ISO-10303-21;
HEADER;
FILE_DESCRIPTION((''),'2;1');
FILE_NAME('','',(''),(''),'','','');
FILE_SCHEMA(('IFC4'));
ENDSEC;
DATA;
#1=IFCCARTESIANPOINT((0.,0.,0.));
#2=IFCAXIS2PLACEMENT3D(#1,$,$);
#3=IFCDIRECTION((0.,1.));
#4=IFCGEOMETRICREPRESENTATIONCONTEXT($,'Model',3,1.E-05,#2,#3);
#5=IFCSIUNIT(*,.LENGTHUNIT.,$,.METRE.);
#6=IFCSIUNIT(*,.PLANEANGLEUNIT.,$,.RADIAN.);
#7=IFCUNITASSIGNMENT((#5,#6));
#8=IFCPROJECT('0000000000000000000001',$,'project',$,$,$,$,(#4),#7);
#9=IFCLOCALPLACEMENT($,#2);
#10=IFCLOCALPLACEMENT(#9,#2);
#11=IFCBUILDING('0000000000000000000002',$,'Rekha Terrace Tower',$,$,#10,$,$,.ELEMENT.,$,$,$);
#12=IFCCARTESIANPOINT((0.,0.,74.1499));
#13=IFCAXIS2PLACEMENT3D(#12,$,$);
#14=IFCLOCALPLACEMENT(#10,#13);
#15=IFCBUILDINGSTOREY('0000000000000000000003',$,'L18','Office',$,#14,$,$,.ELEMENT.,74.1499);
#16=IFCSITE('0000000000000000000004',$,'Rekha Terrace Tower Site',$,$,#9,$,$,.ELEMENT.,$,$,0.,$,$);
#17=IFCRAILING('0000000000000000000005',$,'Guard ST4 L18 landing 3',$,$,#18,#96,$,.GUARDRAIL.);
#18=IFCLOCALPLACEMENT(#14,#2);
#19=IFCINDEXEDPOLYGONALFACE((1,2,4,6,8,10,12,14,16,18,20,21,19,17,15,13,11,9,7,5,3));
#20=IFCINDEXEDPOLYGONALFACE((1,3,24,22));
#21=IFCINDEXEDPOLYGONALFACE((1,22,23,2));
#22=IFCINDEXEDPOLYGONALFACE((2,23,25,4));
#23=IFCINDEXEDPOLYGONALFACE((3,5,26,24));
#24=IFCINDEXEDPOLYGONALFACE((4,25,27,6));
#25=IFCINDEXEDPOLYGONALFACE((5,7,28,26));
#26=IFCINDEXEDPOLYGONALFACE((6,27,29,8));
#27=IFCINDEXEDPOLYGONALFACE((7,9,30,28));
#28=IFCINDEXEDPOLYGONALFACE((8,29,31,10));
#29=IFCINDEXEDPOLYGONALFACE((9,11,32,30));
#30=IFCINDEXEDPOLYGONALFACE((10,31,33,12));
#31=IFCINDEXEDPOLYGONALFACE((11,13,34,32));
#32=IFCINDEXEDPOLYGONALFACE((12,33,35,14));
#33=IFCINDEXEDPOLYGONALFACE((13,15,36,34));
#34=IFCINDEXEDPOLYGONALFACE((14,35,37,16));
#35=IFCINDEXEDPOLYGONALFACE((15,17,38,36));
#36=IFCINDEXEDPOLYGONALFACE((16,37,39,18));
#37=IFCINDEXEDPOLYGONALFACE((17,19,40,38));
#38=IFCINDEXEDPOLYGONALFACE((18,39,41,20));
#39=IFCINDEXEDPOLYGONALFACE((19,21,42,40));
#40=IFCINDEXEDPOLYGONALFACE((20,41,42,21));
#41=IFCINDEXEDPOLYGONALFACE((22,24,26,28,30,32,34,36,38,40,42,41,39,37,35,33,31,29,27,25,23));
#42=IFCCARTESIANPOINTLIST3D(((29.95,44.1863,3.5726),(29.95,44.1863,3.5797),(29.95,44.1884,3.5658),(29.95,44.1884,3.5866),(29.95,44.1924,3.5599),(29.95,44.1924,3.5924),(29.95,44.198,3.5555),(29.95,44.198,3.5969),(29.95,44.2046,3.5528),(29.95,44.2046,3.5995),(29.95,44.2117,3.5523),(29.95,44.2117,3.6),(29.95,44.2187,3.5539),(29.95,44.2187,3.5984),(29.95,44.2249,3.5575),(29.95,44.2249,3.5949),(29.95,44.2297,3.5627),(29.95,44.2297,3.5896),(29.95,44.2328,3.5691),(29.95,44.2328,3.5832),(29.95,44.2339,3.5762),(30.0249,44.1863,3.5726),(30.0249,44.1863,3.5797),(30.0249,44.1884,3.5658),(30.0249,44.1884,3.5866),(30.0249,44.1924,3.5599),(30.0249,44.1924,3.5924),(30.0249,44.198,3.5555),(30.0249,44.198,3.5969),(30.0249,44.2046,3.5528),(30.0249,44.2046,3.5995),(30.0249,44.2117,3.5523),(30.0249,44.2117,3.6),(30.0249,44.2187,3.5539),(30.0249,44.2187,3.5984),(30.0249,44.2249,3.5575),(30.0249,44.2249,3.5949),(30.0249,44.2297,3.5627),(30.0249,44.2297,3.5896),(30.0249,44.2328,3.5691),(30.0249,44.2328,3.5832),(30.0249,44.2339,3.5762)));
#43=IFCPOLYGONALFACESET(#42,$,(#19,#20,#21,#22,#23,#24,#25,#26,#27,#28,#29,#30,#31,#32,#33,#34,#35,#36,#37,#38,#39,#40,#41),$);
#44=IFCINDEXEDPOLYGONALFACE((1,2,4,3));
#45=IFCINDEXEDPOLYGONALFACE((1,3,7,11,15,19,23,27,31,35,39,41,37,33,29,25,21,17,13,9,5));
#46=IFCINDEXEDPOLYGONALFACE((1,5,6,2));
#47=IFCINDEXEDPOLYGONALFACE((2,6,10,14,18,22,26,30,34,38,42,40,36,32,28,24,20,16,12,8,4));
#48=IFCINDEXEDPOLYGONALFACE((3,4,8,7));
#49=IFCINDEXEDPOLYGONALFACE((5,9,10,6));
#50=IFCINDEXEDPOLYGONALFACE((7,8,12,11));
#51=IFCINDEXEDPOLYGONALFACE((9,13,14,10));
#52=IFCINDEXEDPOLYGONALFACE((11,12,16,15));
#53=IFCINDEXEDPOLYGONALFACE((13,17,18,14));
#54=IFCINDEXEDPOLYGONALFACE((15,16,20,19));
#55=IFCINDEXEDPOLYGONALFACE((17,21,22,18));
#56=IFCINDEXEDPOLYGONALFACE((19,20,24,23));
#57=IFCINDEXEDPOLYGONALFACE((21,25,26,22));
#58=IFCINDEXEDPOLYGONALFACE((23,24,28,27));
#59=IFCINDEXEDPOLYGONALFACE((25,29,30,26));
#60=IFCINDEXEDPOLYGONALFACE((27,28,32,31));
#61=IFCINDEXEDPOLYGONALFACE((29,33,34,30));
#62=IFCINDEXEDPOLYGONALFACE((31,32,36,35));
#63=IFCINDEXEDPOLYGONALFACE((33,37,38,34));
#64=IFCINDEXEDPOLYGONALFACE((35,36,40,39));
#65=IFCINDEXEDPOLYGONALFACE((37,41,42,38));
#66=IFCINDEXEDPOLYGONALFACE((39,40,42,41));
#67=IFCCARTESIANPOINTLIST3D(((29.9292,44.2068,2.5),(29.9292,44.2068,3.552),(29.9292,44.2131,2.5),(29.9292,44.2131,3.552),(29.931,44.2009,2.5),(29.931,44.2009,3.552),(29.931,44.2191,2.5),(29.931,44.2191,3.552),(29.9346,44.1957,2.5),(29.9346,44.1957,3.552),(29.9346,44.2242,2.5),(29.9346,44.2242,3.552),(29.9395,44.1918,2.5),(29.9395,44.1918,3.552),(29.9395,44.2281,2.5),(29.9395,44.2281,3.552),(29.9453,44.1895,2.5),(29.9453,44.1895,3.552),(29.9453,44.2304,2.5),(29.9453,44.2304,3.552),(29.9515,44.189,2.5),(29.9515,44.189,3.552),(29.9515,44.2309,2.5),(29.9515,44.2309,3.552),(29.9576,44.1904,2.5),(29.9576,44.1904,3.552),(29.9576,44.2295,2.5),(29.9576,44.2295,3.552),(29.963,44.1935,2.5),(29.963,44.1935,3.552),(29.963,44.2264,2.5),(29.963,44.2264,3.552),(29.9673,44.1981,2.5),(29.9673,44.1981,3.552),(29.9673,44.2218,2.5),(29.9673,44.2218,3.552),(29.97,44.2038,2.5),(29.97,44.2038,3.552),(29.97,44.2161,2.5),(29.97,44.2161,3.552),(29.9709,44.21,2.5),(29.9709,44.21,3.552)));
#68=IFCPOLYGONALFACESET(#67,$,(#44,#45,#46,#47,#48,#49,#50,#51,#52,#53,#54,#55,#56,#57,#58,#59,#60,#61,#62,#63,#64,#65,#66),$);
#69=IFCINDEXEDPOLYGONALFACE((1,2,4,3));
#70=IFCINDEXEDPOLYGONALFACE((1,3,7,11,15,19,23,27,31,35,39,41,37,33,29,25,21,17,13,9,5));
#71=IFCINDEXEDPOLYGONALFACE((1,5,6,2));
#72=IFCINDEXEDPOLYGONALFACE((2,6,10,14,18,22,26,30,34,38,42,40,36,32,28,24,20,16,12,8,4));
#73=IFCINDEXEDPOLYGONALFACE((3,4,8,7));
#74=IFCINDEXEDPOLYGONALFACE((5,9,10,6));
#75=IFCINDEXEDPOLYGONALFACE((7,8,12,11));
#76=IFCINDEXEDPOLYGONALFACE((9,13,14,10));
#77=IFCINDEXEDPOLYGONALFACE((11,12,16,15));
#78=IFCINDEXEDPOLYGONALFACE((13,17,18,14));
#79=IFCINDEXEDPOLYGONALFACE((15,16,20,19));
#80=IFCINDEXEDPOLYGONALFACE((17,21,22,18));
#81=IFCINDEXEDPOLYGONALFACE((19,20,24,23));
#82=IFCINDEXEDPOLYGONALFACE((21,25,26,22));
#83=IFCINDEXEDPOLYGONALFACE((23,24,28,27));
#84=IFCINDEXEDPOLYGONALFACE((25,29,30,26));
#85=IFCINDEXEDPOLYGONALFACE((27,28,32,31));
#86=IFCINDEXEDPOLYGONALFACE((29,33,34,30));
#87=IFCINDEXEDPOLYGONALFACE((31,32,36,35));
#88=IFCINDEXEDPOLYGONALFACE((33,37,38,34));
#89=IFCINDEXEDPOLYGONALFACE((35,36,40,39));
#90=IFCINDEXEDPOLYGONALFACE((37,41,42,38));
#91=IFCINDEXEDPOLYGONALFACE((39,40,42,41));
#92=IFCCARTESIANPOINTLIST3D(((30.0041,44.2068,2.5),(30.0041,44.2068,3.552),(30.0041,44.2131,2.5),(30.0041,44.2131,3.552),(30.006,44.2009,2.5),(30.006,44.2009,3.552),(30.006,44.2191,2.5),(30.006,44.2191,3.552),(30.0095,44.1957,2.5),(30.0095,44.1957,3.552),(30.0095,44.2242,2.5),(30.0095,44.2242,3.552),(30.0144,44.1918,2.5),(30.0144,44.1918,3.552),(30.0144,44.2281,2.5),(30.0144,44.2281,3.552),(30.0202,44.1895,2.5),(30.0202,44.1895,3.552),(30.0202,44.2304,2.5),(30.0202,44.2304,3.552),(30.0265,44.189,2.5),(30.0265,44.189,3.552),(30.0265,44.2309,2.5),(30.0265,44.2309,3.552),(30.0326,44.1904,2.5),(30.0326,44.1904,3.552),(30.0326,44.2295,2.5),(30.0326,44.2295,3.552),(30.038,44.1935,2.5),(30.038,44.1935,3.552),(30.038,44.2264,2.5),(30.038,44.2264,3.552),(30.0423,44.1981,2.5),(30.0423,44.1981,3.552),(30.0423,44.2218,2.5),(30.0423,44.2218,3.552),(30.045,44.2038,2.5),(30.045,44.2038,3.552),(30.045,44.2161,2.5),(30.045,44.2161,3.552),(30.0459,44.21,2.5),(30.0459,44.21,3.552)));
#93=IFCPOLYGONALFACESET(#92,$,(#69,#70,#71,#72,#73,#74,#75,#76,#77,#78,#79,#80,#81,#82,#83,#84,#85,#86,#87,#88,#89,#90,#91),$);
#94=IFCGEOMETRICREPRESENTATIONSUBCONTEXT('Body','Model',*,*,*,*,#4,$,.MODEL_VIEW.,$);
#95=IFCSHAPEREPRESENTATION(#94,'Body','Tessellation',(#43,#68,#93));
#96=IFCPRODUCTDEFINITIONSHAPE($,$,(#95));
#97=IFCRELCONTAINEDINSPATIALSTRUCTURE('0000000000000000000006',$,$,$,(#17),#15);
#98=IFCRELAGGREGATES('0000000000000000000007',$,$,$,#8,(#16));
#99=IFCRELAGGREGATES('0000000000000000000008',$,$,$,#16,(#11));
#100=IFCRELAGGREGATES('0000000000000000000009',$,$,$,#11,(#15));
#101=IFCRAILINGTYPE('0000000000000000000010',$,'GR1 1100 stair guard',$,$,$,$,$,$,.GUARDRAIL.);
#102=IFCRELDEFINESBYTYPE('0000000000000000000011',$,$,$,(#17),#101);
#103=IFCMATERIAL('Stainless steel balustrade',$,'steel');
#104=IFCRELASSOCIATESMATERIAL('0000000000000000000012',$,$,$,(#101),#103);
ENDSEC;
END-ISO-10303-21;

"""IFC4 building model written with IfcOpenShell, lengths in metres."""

from ifc_helpers import new_model, si_unit, direction, frame, origin, origin_2d, place, context, subcontext, project, spatial, circle, extrude, material, type_object, element, save


model = new_model("IFC4")

# Units and contexts
model_context = context("Model", 3, precision=1e-05, world=origin(), true_north=direction((0.0, 1.0)))
body_context = subcontext(model_context, "Body", "Model", "MODEL_VIEW")
ifc_project = project(units=[si_unit("LENGTHUNIT", "METRE"), si_unit("PLANEANGLEUNIT", "RADIAN")], contexts=[model_context])

# Site, building, storey
site_placement = place(None, origin())
site = spatial("IfcSite", under=ifc_project, at=site_placement, Name="Rekha Terrace Tower Site", CompositionType="ELEMENT", RefElevation=0.0)
building_placement = place(site_placement, origin())
building = spatial("IfcBuilding", under=site, at=building_placement, Name="Rekha Terrace Tower", CompositionType="ELEMENT")
storey_placement = place(building_placement, frame((0.0, 0.0, 74.1499)))
storey = spatial("IfcBuildingStorey", under=building, at=storey_placement, Name="L18", Description="Office", CompositionType="ELEMENT", Elevation=74.1499)

# Railing
ifc_material_1 = material(Name="Stainless steel balustrade", Category="steel")
railing_type_1 = type_object("IfcRailingType", Name="GR1 1100 stair guard", PredefinedType="GUARDRAIL", material=ifc_material_1)
railing_1_placement = place(storey_placement, frame((29.95, 44.21, 2.5)))
element("IfcRailing", 1, at=railing_1_placement, inside=storey, type_object=railing_type_1, Name="Guard ST4 L18 landing 3", PredefinedType="GUARDRAIL", context=body_context, shape_type="SweptSolid", body=[
    extrude(circle(Radius=0.0239, at=origin_2d()), frame((0.0, 0.0, 1.0762), z_axis=(1.0, 0.0, 0.0), x_axis=(0.0, 1.0, 0.0)), (0.0, 0.0, 1.0), 0.075),
    extrude(circle(Radius=0.021, at=origin_2d()), origin(), (0.0, 0.0, 1.0), 1.052),
    extrude(circle(Radius=0.021, at=origin_2d()), frame((0.075, 0.0, 0.0)), (0.0, 0.0, 1.0), 1.052),
])

save(model, "model.ifc")
